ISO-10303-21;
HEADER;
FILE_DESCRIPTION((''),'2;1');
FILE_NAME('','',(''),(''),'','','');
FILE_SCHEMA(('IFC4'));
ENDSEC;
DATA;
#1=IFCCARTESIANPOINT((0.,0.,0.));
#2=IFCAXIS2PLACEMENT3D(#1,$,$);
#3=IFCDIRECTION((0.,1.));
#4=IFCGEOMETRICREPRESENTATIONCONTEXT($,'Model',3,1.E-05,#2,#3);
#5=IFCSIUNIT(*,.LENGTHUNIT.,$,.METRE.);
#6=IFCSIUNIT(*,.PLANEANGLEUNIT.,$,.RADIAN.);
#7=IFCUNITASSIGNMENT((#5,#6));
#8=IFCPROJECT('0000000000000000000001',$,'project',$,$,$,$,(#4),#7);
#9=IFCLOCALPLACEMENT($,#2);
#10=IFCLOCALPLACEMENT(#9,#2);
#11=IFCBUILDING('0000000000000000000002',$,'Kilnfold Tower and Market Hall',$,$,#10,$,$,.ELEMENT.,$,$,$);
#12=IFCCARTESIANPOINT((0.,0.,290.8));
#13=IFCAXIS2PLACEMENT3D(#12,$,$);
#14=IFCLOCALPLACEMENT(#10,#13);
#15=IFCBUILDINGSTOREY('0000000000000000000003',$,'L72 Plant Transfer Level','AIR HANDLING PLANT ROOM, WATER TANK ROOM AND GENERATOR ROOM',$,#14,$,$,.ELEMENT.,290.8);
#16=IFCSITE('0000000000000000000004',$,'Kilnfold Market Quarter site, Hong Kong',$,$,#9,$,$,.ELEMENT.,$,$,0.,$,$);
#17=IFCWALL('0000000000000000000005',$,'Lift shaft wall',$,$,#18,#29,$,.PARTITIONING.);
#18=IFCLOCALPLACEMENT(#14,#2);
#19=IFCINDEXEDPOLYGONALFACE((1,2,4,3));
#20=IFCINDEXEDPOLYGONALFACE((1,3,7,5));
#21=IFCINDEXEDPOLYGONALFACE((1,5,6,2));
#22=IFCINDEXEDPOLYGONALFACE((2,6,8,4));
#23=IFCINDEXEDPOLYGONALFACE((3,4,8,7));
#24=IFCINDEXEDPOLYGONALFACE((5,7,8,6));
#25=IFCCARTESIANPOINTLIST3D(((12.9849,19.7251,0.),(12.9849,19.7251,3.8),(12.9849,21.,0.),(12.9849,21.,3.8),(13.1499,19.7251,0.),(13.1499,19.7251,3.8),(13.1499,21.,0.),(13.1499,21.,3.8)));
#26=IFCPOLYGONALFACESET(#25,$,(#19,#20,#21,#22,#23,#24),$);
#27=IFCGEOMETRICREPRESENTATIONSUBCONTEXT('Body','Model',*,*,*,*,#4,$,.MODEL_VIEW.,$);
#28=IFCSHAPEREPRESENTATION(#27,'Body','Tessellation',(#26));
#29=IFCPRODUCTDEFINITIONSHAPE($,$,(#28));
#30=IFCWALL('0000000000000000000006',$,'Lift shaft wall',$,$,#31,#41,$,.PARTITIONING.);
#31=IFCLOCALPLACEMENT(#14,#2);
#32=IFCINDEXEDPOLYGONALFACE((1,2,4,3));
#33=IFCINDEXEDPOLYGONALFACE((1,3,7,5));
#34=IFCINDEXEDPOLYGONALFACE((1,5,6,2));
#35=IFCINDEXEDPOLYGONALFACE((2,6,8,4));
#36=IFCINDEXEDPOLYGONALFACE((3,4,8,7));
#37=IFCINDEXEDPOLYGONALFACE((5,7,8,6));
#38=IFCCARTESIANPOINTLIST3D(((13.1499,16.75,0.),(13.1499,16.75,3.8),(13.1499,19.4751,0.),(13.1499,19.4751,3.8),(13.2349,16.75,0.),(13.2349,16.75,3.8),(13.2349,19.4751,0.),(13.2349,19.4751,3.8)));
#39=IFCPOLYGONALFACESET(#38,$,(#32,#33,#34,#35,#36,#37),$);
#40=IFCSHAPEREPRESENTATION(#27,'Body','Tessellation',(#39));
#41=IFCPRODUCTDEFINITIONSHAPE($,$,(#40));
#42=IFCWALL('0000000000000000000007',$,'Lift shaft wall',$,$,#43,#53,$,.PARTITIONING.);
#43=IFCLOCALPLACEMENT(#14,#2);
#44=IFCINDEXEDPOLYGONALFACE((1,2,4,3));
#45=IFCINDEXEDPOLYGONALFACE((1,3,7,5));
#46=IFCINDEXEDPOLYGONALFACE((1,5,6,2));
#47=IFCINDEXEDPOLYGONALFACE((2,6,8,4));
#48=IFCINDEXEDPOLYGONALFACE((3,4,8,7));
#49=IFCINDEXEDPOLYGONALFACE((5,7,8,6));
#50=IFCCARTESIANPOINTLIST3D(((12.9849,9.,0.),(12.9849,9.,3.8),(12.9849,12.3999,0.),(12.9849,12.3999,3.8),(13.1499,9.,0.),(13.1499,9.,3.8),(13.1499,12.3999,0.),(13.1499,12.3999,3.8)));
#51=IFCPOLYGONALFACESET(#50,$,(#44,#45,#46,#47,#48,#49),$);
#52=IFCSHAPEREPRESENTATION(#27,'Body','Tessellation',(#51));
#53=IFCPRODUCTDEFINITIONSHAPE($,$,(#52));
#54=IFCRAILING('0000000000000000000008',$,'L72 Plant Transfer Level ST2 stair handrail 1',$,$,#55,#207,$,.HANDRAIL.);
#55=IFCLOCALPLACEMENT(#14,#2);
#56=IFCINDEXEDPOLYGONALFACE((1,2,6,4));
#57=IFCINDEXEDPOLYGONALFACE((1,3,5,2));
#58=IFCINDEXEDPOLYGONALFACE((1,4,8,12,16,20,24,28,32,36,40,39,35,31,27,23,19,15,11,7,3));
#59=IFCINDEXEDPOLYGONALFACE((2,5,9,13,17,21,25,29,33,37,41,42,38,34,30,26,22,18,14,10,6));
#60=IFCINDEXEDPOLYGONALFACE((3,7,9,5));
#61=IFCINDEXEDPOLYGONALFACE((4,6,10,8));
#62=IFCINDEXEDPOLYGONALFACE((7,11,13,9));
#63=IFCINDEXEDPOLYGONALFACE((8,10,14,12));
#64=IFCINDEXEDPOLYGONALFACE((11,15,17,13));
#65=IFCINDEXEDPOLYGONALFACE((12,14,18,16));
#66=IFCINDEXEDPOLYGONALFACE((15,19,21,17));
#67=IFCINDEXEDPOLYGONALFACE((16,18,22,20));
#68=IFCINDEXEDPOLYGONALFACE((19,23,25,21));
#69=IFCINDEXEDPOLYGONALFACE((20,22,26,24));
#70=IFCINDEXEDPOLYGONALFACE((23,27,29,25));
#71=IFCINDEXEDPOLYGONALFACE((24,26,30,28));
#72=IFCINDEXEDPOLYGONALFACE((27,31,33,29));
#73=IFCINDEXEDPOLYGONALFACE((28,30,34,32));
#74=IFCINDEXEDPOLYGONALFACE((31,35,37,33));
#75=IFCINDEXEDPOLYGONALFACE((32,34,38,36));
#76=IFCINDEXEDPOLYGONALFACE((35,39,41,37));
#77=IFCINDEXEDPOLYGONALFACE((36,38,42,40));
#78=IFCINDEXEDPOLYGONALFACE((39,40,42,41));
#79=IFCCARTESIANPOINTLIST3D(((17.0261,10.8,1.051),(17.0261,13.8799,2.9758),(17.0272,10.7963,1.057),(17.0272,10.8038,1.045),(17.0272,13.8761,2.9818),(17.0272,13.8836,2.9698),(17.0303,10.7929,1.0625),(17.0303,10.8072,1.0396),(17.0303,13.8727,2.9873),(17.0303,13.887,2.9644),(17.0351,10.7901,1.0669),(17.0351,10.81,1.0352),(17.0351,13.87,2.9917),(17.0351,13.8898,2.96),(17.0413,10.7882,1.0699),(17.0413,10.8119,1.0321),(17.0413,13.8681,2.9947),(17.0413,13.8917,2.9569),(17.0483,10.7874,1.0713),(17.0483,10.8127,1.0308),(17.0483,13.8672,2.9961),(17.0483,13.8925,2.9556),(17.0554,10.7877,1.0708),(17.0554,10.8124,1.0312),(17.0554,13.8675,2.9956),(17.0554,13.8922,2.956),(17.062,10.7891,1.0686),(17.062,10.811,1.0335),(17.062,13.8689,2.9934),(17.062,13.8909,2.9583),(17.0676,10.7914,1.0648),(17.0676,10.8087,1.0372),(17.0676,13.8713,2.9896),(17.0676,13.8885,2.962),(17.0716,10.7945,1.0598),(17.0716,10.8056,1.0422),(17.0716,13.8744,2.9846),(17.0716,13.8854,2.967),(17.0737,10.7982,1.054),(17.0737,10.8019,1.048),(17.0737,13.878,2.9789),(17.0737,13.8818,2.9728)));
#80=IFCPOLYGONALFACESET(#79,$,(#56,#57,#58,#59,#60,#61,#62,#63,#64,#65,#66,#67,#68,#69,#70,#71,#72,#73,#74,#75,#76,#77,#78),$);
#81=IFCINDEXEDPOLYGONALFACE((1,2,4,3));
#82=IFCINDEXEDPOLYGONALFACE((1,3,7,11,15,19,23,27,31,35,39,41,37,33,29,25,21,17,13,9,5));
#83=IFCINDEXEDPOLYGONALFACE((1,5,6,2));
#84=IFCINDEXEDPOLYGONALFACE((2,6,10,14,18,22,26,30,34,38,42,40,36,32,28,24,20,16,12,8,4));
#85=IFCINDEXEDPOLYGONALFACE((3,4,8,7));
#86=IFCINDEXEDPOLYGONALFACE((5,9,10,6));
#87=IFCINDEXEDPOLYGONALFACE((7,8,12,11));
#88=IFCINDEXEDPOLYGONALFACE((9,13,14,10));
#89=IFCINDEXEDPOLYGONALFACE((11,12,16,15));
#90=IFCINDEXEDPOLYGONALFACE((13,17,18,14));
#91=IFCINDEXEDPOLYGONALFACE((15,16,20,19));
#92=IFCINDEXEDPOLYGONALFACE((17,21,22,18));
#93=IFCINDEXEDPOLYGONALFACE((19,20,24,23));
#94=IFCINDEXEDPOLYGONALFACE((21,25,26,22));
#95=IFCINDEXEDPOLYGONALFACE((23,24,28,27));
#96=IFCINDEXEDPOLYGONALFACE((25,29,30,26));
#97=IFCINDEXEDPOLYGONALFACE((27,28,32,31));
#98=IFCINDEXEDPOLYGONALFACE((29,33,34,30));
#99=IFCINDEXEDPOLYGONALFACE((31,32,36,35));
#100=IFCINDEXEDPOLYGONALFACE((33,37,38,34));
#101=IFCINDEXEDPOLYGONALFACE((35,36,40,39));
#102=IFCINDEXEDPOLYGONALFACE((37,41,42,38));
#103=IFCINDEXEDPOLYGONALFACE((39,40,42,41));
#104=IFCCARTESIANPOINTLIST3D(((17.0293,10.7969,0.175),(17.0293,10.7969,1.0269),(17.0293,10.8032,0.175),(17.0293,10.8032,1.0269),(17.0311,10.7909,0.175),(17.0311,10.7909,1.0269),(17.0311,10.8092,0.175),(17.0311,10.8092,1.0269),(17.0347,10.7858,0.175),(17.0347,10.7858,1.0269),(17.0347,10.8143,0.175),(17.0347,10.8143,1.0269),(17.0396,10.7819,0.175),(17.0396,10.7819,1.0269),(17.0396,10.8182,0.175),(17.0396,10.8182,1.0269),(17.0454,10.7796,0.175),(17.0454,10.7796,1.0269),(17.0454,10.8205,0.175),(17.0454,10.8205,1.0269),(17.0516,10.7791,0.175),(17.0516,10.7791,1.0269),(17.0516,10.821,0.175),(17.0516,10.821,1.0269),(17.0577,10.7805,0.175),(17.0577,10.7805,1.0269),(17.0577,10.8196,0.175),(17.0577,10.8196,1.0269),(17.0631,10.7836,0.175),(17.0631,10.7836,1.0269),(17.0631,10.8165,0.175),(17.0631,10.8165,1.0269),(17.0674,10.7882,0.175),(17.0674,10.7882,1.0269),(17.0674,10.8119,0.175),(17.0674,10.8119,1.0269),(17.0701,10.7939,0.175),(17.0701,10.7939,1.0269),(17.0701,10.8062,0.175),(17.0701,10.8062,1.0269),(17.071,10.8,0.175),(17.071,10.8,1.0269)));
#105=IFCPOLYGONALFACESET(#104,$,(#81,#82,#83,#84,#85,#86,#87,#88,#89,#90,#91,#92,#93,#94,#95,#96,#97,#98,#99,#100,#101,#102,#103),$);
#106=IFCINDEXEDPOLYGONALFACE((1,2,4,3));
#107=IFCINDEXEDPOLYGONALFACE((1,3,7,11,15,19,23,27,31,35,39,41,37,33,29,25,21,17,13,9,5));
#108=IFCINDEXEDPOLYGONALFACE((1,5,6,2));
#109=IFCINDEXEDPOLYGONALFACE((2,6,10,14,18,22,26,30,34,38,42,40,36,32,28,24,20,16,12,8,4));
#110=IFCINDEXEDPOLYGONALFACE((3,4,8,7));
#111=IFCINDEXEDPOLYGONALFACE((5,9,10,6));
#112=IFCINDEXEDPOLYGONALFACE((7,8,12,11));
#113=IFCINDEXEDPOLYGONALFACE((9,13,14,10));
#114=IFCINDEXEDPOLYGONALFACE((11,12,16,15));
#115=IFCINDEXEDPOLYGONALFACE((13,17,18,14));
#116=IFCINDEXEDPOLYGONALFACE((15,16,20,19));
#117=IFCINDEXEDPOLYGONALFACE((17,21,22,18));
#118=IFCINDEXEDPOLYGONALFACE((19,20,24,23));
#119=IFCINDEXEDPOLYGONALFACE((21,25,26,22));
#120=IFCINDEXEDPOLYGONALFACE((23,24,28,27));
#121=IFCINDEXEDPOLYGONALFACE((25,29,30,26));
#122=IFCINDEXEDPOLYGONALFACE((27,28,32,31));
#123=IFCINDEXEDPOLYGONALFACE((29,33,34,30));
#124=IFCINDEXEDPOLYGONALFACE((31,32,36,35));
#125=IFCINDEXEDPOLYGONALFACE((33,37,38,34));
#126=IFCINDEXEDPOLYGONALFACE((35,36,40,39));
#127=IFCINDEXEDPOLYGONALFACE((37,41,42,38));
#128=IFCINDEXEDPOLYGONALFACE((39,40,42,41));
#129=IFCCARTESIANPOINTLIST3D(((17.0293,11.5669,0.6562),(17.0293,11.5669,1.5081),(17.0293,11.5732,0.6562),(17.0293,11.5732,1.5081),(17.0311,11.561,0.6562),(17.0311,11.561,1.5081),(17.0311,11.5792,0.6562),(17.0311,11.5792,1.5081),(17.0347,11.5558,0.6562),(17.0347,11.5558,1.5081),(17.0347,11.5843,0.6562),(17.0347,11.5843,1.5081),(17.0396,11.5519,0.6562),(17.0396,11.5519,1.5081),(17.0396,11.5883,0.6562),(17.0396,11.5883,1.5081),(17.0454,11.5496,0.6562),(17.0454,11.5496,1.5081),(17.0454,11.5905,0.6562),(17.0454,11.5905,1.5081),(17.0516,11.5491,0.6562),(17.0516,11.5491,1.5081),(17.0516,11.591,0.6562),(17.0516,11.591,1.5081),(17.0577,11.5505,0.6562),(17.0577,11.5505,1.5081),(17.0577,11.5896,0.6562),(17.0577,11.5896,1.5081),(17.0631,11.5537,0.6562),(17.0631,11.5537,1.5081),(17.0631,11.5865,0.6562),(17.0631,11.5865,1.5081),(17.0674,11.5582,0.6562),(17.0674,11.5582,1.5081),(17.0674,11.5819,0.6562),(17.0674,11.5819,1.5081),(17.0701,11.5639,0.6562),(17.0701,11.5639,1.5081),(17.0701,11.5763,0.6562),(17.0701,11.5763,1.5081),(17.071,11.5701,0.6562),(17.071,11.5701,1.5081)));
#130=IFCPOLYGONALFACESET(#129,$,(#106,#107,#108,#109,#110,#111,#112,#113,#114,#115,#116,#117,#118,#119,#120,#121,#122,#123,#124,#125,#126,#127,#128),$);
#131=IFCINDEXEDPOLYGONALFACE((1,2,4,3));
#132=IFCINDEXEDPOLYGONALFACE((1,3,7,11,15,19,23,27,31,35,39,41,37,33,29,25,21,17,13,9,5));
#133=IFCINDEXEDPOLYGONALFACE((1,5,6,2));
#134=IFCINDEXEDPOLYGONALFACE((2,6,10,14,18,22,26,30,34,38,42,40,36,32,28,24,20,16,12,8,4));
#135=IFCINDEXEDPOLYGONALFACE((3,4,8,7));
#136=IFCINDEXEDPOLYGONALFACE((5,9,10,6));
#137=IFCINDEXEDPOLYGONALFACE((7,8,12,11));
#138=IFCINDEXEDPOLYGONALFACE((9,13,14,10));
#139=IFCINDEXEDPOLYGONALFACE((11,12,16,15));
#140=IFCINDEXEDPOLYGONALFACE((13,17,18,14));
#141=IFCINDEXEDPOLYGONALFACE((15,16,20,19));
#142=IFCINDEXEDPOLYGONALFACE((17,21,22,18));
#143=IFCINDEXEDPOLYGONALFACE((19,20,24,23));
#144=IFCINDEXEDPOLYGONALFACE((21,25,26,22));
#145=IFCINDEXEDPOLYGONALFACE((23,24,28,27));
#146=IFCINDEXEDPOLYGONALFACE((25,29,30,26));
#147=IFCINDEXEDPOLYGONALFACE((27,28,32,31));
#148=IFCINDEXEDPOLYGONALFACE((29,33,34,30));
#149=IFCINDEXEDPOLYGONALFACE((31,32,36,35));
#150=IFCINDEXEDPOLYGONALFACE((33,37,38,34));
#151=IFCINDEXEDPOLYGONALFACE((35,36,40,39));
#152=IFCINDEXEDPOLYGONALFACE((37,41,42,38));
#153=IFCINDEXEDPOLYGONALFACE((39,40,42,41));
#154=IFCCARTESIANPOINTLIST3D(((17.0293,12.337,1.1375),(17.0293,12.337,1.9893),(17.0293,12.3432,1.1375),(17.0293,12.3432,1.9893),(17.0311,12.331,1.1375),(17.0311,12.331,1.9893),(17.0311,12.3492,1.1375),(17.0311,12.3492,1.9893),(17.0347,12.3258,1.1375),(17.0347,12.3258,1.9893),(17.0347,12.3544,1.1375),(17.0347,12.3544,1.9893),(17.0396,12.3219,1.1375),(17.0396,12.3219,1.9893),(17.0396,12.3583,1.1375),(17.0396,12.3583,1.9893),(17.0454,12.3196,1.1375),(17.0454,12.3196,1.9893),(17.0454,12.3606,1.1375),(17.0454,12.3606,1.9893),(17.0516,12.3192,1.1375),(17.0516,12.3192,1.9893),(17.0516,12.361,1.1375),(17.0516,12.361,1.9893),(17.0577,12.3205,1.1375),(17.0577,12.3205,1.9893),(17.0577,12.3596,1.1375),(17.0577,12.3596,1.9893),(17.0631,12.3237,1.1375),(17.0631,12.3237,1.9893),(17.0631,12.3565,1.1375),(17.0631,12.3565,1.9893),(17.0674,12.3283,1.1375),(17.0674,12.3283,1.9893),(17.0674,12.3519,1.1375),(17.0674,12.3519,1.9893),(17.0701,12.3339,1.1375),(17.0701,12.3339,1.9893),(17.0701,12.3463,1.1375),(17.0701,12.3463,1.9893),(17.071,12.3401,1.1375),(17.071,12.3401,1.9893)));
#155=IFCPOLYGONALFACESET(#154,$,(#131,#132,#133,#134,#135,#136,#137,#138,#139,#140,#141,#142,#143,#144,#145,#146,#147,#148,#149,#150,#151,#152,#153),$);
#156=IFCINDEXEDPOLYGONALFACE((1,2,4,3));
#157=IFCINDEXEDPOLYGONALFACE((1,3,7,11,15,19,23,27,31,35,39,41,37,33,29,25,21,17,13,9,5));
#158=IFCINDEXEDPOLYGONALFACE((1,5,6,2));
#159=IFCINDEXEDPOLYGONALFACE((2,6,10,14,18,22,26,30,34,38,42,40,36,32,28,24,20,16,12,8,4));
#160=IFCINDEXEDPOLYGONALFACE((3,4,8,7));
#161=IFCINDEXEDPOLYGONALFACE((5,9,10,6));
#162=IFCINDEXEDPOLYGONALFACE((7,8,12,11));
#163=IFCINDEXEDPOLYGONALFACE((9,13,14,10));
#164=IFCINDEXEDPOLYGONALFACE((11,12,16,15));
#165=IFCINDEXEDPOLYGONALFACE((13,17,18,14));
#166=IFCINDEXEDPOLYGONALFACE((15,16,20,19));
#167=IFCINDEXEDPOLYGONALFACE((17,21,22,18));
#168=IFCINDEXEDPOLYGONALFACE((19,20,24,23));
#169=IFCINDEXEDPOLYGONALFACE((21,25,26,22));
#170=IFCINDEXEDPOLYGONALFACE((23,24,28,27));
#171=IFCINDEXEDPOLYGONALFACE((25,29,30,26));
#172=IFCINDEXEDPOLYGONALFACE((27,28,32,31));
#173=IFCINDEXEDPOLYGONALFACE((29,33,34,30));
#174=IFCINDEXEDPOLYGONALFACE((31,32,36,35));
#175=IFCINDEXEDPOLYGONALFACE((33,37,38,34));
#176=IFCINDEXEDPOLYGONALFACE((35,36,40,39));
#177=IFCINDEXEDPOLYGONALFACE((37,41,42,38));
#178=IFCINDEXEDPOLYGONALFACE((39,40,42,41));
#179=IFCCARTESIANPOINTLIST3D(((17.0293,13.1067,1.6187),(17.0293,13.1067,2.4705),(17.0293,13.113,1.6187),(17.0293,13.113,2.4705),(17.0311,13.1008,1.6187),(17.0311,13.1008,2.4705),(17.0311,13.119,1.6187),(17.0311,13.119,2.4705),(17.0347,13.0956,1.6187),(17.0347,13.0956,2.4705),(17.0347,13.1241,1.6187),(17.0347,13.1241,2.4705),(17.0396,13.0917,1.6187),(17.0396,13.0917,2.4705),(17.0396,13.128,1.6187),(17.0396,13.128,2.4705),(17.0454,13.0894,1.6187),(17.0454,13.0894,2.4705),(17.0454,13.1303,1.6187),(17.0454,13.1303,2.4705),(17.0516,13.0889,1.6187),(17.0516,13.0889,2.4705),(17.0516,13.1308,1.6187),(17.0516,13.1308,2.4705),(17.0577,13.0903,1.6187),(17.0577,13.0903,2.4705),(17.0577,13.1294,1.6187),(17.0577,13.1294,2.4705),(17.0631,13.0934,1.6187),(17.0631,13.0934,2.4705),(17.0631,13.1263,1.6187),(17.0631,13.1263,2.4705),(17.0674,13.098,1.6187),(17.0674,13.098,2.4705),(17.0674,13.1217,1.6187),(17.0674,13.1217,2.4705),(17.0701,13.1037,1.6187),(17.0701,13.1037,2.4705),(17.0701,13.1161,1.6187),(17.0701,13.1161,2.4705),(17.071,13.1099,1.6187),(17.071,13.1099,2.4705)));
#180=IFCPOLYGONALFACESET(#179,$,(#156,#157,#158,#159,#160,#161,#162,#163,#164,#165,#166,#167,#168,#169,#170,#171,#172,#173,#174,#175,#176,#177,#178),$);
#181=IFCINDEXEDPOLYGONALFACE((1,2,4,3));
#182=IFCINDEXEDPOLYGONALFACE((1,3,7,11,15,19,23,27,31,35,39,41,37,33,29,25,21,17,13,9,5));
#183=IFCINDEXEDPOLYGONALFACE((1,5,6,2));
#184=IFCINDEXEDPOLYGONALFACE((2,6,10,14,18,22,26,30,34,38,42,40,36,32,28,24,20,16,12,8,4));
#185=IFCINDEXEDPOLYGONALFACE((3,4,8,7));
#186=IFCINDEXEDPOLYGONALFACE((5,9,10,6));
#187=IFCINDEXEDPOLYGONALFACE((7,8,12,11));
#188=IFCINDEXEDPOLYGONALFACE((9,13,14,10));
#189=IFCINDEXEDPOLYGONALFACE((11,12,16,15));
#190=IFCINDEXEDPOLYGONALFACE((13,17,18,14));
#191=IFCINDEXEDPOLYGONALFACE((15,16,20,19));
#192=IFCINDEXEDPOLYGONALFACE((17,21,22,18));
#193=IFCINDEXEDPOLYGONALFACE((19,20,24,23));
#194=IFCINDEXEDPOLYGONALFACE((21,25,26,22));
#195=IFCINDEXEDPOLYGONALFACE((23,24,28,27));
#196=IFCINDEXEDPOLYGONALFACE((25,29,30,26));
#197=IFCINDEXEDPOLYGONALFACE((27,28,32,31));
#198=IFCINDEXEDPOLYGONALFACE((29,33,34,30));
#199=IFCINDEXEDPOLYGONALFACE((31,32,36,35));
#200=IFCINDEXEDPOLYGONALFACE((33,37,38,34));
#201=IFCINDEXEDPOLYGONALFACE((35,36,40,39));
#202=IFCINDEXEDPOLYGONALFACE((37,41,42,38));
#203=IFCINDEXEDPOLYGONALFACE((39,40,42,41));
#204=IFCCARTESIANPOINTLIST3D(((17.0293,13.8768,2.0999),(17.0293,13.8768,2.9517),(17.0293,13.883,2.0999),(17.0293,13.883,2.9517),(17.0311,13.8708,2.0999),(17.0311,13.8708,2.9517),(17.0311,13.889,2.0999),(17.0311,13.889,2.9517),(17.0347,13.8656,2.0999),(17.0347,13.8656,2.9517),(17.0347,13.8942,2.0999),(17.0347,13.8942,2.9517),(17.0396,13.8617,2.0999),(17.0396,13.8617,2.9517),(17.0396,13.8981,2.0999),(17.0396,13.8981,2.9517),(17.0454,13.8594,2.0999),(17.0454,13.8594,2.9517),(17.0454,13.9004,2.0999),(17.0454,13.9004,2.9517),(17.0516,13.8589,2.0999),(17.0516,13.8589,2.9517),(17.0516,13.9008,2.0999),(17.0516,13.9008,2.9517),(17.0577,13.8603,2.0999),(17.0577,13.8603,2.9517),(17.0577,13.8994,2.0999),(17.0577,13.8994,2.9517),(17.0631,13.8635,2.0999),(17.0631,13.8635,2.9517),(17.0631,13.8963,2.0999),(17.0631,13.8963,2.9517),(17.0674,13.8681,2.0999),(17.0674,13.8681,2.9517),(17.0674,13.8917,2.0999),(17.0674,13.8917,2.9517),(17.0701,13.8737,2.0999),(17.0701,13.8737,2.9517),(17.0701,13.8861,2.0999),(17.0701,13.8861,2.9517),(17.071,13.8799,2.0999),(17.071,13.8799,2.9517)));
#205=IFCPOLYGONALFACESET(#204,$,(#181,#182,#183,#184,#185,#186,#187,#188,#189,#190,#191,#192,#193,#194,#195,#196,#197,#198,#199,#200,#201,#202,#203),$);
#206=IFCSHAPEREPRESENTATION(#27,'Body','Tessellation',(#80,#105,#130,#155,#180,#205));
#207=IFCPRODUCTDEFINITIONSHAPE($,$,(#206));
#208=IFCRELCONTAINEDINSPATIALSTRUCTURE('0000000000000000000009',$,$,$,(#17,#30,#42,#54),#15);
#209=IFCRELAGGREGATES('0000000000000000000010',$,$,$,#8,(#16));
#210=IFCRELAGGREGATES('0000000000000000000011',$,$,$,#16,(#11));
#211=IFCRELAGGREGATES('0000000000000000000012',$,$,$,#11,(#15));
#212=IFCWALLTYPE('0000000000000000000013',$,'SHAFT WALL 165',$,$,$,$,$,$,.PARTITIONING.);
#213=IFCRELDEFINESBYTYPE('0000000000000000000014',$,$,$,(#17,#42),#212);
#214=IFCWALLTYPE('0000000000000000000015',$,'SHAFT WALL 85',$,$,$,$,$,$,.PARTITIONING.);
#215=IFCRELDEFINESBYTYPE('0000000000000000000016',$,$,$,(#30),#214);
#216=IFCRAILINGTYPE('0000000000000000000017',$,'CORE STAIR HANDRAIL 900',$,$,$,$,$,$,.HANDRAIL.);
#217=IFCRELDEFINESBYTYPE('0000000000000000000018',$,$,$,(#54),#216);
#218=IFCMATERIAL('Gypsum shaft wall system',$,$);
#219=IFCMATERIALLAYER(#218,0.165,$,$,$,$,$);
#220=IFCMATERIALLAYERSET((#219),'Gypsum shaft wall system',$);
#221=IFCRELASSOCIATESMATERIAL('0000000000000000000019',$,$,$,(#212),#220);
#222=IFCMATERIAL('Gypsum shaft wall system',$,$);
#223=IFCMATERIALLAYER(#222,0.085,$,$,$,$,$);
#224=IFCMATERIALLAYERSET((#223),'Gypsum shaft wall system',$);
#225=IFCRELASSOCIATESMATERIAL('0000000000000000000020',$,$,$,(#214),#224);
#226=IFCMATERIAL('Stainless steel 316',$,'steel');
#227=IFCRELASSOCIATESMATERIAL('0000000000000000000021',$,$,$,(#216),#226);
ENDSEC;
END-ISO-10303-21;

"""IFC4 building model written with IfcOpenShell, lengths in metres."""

from ifc_helpers import new_model, si_unit, direction, frame, frame_2d, origin, origin_2d, place, context, subcontext, project, spatial, rectangle, circle, extrude, source, transform, mapped, material, layer, layer_set, type_object, element, save


model = new_model("IFC4")

# Units and contexts
model_context = context("Model", 3, precision=1e-05, world=origin(), true_north=direction((0.0, 1.0)))
body_context = subcontext(model_context, "Body", "Model", "MODEL_VIEW")
ifc_project = project(units=[si_unit("LENGTHUNIT", "METRE"), si_unit("PLANEANGLEUNIT", "RADIAN")], contexts=[model_context])

# Site, building, storey
site_placement = place(None, origin())
site = spatial("IfcSite", under=ifc_project, at=site_placement, Name="Kilnfold Market Quarter site, Hong Kong", CompositionType="ELEMENT", RefElevation=0.0)
building_placement = place(site_placement, origin())
building = spatial("IfcBuilding", under=site, at=building_placement, Name="Kilnfold Tower and Market Hall", CompositionType="ELEMENT")
storey_placement = place(building_placement, frame((0.0, 0.0, 290.8)))
storey = spatial("IfcBuildingStorey", under=building, at=storey_placement, Name="L72 Plant Transfer Level", Description="AIR HANDLING PLANT ROOM, WATER TANK ROOM AND GENERATOR ROOM", CompositionType="ELEMENT", Elevation=290.8)

# Walls
ifc_material_1 = material(Name="Gypsum shaft wall system")
ifc_layer_1 = layer(ifc_material_1, 0.165)
ifc_layer_set_1 = layer_set([ifc_layer_1], Name="Gypsum shaft wall system")
wall_type_1 = type_object("IfcWallType", Name="SHAFT WALL 165", PredefinedType="PARTITIONING", material=ifc_layer_set_1)
shared_shape_1 = source(origin(), body_context, "Body", "SweptSolid", [
    extrude(rectangle(XDim=1.2749, YDim=0.165, at=frame_2d((0.6375, 0.0))), origin(), (0.0, 0.0, 1.0), 3.8),
])
wall_1_placement = place(storey_placement, frame((13.0674, 19.7251, 0.0), z_axis=(0.0, 0.0, 1.0), x_axis=(0.0, 1.0, 0.0)))
element("IfcWall", 1, at=wall_1_placement, inside=storey, type_object=wall_type_1, Name="Lift shaft wall", PredefinedType="PARTITIONING", context=body_context, shape_type="MappedRepresentation", body=[
    mapped(shared_shape_1, transform((0.0, 0.0, 0.0))),
])
ifc_material_2 = material(Name="Gypsum shaft wall system")
ifc_layer_2 = layer(ifc_material_2, 0.085)
ifc_layer_set_2 = layer_set([ifc_layer_2], Name="Gypsum shaft wall system")
wall_type_2 = type_object("IfcWallType", Name="SHAFT WALL 85", PredefinedType="PARTITIONING", material=ifc_layer_set_2)
shared_shape_2 = source(origin(), body_context, "Body", "SweptSolid", [
    extrude(rectangle(XDim=2.7251, YDim=0.085, at=frame_2d((1.3625, 0.0))), origin(), (0.0, 0.0, 1.0), 3.8),
])
wall_2_placement = place(storey_placement, frame((13.1924, 16.75, 0.0), z_axis=(0.0, 0.0, 1.0), x_axis=(0.0, 1.0, 0.0)))
element("IfcWall", 2, at=wall_2_placement, inside=storey, type_object=wall_type_2, Name="Lift shaft wall", PredefinedType="PARTITIONING", context=body_context, shape_type="MappedRepresentation", body=[
    mapped(shared_shape_2, transform((0.0, 0.0, 0.0))),
])
shared_shape_3 = source(origin(), body_context, "Body", "SweptSolid", [
    extrude(rectangle(XDim=3.3999, YDim=0.165, at=frame_2d((1.7, 0.0))), origin(), (0.0, 0.0, 1.0), 3.8),
])
wall_3_placement = place(storey_placement, frame((13.0674, 9.0, 0.0), z_axis=(0.0, 0.0, 1.0), x_axis=(0.0, 1.0, 0.0)))
element("IfcWall", 3, at=wall_3_placement, inside=storey, type_object=wall_type_1, Name="Lift shaft wall", PredefinedType="PARTITIONING", context=body_context, shape_type="MappedRepresentation", body=[
    mapped(shared_shape_3, transform((0.0, 0.0, 0.0))),
])

# Railing
ifc_material_3 = material(Name="Stainless steel 316", Category="steel")
railing_type_1 = type_object("IfcRailingType", Name="CORE STAIR HANDRAIL 900", PredefinedType="HANDRAIL", material=ifc_material_3)
railing_1_placement = place(storey_placement, frame((17.05, 10.8, 0.175)))
element("IfcRailing", 4, at=railing_1_placement, inside=storey, type_object=railing_type_1, Name="L72 Plant Transfer Level ST2 stair handrail 1", PredefinedType="HANDRAIL", context=body_context, shape_type="SweptSolid", body=[
    extrude(circle(Radius=0.0239, at=origin_2d()), frame((0.0, 0.0, 0.876), z_axis=(0.0, 0.84801, 0.529981), x_axis=(-1.0, 0.0, 0.0)), (0.0, 0.0, 1.0), 3.6318),
    extrude(circle(Radius=0.021, at=origin_2d()), origin(), (0.0, 0.0, 1.0), 0.8518),
    extrude(circle(Radius=0.021, at=origin_2d()), frame((0.0, 0.77, 0.4812)), (0.0, 0.0, 1.0), 0.8518),
    extrude(circle(Radius=0.021, at=origin_2d()), frame((0.0, 1.54, 0.9624)), (0.0, 0.0, 1.0), 0.8518),
    extrude(circle(Radius=0.021, at=origin_2d()), frame((0.0, 2.3098, 1.4436)), (0.0, 0.0, 1.0), 0.8518),
    extrude(circle(Radius=0.021, at=origin_2d()), frame((0.0, 3.0798, 1.9248)), (0.0, 0.0, 1.0), 0.8518),
])

save(model, "model.ifc")
